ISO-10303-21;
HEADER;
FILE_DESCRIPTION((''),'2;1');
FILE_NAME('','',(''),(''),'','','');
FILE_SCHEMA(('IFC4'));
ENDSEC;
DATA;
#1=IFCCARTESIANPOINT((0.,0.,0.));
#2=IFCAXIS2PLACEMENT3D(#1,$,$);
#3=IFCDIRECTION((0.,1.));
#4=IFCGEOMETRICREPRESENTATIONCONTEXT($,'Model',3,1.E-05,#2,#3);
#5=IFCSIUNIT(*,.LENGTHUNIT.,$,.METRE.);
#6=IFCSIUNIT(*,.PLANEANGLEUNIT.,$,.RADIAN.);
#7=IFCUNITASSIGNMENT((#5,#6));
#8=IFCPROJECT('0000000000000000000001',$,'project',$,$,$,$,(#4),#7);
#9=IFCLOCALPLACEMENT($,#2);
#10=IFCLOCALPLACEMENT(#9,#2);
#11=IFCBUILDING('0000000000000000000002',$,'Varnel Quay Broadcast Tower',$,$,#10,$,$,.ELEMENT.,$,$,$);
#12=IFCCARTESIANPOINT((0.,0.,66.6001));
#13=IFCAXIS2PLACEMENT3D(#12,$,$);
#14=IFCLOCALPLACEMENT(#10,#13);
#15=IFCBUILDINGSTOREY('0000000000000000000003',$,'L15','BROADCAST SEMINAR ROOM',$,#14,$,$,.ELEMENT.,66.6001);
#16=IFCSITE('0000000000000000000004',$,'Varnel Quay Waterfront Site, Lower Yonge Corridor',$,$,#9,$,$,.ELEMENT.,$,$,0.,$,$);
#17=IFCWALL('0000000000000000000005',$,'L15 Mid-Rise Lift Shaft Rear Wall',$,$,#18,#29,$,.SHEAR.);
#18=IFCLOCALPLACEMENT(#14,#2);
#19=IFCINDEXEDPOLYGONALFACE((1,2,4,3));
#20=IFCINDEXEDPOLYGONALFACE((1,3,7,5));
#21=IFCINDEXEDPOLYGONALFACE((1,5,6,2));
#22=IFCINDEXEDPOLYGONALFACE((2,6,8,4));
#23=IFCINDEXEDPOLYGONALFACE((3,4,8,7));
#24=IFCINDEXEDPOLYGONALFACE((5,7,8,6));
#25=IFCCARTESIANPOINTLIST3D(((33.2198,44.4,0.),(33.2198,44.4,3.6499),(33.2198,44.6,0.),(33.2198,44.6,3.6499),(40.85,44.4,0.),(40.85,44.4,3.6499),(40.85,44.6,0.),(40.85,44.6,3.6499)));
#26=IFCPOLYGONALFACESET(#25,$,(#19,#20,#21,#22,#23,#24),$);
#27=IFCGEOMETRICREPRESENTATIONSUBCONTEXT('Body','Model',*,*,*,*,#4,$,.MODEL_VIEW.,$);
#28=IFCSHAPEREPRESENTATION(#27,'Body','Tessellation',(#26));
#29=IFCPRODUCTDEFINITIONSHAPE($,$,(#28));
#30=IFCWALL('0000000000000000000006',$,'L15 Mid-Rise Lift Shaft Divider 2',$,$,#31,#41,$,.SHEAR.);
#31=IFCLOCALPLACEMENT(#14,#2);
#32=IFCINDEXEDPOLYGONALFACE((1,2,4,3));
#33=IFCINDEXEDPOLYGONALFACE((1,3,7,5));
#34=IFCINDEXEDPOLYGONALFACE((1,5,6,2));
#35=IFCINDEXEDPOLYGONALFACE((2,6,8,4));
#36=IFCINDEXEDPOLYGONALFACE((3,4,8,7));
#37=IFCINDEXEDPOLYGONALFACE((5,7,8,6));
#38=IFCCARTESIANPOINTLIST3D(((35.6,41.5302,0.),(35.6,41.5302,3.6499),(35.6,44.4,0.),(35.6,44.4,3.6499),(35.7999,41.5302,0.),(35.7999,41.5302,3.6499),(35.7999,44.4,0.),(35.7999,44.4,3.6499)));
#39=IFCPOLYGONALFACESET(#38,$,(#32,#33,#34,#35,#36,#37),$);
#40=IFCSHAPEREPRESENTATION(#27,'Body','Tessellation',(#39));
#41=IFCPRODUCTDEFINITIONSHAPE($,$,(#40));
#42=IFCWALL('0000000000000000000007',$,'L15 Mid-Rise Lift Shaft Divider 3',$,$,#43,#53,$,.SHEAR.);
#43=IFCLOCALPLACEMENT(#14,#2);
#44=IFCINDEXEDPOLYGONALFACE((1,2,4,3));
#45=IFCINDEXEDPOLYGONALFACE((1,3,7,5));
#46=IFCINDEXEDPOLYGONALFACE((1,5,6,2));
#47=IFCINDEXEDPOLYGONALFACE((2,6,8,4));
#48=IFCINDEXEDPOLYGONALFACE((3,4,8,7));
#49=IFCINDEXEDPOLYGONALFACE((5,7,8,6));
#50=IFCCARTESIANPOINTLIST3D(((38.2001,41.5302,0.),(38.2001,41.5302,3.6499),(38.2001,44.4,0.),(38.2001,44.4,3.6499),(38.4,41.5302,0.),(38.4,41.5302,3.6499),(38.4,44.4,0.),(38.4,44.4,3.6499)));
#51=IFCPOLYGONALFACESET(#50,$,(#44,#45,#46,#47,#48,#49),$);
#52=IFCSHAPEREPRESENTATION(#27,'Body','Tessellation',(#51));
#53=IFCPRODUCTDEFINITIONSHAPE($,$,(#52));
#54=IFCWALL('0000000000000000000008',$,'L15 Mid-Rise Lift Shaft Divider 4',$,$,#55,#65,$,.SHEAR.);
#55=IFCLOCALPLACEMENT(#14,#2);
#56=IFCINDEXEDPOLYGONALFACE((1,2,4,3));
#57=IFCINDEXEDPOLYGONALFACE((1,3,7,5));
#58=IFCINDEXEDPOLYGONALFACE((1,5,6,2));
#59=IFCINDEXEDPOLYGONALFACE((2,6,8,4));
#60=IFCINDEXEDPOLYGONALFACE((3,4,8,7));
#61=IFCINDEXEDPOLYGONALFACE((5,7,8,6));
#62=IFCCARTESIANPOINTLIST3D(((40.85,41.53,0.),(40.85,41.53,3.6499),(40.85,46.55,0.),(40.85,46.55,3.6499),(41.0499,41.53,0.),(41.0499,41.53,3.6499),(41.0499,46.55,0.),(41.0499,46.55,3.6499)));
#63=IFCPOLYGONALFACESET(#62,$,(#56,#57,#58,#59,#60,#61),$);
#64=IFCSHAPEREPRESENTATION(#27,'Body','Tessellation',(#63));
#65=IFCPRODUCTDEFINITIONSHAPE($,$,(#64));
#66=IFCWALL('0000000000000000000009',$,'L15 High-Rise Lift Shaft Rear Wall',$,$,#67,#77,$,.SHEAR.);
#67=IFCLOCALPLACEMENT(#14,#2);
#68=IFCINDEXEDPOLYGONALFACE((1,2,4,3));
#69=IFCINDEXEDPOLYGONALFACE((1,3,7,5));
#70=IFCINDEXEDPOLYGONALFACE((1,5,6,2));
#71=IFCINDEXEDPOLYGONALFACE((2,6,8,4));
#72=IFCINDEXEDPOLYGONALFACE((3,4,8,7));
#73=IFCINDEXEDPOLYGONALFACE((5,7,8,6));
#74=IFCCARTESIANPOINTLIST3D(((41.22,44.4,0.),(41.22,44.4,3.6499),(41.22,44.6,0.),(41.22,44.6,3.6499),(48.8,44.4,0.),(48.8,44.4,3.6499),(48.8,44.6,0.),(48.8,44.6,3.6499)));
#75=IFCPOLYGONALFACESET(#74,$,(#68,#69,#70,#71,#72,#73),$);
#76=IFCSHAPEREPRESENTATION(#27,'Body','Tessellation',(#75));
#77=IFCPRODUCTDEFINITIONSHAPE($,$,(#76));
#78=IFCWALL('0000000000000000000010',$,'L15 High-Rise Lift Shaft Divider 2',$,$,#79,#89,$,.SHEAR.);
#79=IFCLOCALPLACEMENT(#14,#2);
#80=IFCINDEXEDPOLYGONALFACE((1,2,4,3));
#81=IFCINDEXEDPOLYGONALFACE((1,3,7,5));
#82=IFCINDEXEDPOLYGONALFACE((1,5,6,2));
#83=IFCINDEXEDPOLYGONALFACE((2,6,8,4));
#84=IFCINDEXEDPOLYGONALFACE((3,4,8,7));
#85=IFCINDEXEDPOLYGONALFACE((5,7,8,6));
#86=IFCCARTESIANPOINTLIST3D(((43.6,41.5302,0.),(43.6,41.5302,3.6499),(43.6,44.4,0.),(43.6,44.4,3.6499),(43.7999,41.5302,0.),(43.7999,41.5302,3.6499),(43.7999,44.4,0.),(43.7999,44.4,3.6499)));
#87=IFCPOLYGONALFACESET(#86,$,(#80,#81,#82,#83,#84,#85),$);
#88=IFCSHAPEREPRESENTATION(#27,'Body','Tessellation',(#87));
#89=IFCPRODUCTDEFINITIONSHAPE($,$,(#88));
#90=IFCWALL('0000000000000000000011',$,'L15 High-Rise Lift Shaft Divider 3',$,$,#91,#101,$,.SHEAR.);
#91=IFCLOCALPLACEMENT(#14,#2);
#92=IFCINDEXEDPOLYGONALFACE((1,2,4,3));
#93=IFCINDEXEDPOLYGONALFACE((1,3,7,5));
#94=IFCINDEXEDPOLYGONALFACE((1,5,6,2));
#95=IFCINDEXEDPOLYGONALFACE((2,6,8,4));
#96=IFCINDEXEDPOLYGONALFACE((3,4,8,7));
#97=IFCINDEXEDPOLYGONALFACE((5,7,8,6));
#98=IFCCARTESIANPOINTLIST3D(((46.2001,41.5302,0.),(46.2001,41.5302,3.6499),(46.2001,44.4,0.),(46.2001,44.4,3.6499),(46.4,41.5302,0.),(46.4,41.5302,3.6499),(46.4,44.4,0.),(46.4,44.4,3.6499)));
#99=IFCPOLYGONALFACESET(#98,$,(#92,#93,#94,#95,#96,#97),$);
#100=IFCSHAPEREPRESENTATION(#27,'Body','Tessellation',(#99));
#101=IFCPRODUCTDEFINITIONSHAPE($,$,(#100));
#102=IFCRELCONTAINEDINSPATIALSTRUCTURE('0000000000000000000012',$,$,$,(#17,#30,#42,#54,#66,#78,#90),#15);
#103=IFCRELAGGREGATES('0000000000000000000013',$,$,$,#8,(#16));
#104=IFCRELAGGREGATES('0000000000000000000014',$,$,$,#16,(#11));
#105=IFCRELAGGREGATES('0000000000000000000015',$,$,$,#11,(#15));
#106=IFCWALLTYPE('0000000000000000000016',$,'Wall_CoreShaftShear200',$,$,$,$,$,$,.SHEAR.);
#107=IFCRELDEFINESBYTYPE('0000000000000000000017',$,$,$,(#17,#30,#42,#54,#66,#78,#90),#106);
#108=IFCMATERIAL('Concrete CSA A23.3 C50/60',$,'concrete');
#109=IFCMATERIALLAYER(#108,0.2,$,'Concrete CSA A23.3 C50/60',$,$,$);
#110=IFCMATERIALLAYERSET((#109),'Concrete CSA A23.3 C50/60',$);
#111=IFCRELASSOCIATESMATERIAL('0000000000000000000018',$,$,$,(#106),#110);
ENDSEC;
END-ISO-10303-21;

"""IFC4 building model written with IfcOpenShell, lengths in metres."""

from ifc_helpers import new_model, si_unit, direction, frame, frame_2d, origin, place, context, subcontext, project, spatial, rectangle, extrude, material, layer, layer_set, type_object, element, save


model = new_model("IFC4")

# Units and contexts
model_context = context("Model", 3, precision=1e-05, world=origin(), true_north=direction((0.0, 1.0)))
body_context = subcontext(model_context, "Body", "Model", "MODEL_VIEW")
ifc_project = project(units=[si_unit("LENGTHUNIT", "METRE"), si_unit("PLANEANGLEUNIT", "RADIAN")], contexts=[model_context])

# Site, building, storey
site_placement = place(None, origin())
site = spatial("IfcSite", under=ifc_project, at=site_placement, Name="Varnel Quay Waterfront Site, Lower Yonge Corridor", CompositionType="ELEMENT", RefElevation=0.0)
building_placement = place(site_placement, origin())
building = spatial("IfcBuilding", under=site, at=building_placement, Name="Varnel Quay Broadcast Tower", CompositionType="ELEMENT")
storey_placement = place(building_placement, frame((0.0, 0.0, 66.6001)))
storey = spatial("IfcBuildingStorey", under=building, at=storey_placement, Name="L15", Description="BROADCAST SEMINAR ROOM", CompositionType="ELEMENT", Elevation=66.6001)

# Walls
ifc_material_1 = material(Name="Concrete CSA A23.3 C50/60", Category="concrete")
ifc_layer_1 = layer(ifc_material_1, 0.2, Name="Concrete CSA A23.3 C50/60")
ifc_layer_set_1 = layer_set([ifc_layer_1], Name="Concrete CSA A23.3 C50/60")
wall_type_1 = type_object("IfcWallType", Name="Wall_CoreShaftShear200", PredefinedType="SHEAR", material=ifc_layer_set_1)
wall_1_placement = place(storey_placement, frame((33.22, 44.5, 0.0), z_axis=(0.0, 0.0, 1.0), x_axis=(1.0, 0.0, 0.0)))
element("IfcWall", 1, at=wall_1_placement, inside=storey, type_object=wall_type_1, Name="L15 Mid-Rise Lift Shaft Rear Wall", PredefinedType="SHEAR", context=body_context, shape_type="SweptSolid", body=[
    extrude(rectangle(XDim=7.6301, YDim=0.2, at=frame_2d((3.8149, 0.0))), origin(), (0.0, 0.0, 1.0), 3.6499),
])
for number, where, z_axis, x_axis, name in (
    (2, (35.7, 41.53, 0.0), (0.0, 0.0, 1.0), (0.0, 1.0, 0.0), "L15 Mid-Rise Lift Shaft Divider 2"),
    (3, (38.3, 41.53, 0.0), (0.0, 0.0, 1.0), (0.0, 1.0, 0.0), "L15 Mid-Rise Lift Shaft Divider 3"),
):
    element("IfcWall", number, at=place(storey_placement, frame(where, z_axis=z_axis, x_axis=x_axis)), inside=storey, type_object=wall_type_1, Name=name, PredefinedType="SHEAR", context=body_context, shape_type="SweptSolid", body=[
        extrude(rectangle(XDim=2.8699, YDim=0.2, at=frame_2d((1.4351, 0.0))), origin(), (0.0, 0.0, 1.0), 3.6499),
    ])
wall_2_placement = place(storey_placement, frame((40.95, 41.53, 0.0), z_axis=(0.0, 0.0, 1.0), x_axis=(0.0, 1.0, 0.0)))
element("IfcWall", 4, at=wall_2_placement, inside=storey, type_object=wall_type_1, Name="L15 Mid-Rise Lift Shaft Divider 4", PredefinedType="SHEAR", context=body_context, shape_type="SweptSolid", body=[
    extrude(rectangle(XDim=5.02, YDim=0.2, at=frame_2d((2.51, 0.0))), origin(), (0.0, 0.0, 1.0), 3.6499),
])
wall_3_placement = place(storey_placement, frame((41.22, 44.5, 0.0), z_axis=(0.0, 0.0, 1.0), x_axis=(1.0, 0.0, 0.0)))
element("IfcWall", 5, at=wall_3_placement, inside=storey, type_object=wall_type_1, Name="L15 High-Rise Lift Shaft Rear Wall", PredefinedType="SHEAR", context=body_context, shape_type="SweptSolid", body=[
    extrude(rectangle(XDim=7.5801, YDim=0.2, at=frame_2d((3.79, 0.0))), origin(), (0.0, 0.0, 1.0), 3.6499),
])
for number, where, z_axis, x_axis, name in (
    (6, (43.7, 41.53, 0.0), (0.0, 0.0, 1.0), (0.0, 1.0, 0.0), "L15 High-Rise Lift Shaft Divider 2"),
    (7, (46.3, 41.53, 0.0), (0.0, 0.0, 1.0), (0.0, 1.0, 0.0), "L15 High-Rise Lift Shaft Divider 3"),
):
    element("IfcWall", number, at=place(storey_placement, frame(where, z_axis=z_axis, x_axis=x_axis)), inside=storey, type_object=wall_type_1, Name=name, PredefinedType="SHEAR", context=body_context, shape_type="SweptSolid", body=[
        extrude(rectangle(XDim=2.8699, YDim=0.2, at=frame_2d((1.4351, 0.0))), origin(), (0.0, 0.0, 1.0), 3.6499),
    ])

save(model, "model.ifc")
